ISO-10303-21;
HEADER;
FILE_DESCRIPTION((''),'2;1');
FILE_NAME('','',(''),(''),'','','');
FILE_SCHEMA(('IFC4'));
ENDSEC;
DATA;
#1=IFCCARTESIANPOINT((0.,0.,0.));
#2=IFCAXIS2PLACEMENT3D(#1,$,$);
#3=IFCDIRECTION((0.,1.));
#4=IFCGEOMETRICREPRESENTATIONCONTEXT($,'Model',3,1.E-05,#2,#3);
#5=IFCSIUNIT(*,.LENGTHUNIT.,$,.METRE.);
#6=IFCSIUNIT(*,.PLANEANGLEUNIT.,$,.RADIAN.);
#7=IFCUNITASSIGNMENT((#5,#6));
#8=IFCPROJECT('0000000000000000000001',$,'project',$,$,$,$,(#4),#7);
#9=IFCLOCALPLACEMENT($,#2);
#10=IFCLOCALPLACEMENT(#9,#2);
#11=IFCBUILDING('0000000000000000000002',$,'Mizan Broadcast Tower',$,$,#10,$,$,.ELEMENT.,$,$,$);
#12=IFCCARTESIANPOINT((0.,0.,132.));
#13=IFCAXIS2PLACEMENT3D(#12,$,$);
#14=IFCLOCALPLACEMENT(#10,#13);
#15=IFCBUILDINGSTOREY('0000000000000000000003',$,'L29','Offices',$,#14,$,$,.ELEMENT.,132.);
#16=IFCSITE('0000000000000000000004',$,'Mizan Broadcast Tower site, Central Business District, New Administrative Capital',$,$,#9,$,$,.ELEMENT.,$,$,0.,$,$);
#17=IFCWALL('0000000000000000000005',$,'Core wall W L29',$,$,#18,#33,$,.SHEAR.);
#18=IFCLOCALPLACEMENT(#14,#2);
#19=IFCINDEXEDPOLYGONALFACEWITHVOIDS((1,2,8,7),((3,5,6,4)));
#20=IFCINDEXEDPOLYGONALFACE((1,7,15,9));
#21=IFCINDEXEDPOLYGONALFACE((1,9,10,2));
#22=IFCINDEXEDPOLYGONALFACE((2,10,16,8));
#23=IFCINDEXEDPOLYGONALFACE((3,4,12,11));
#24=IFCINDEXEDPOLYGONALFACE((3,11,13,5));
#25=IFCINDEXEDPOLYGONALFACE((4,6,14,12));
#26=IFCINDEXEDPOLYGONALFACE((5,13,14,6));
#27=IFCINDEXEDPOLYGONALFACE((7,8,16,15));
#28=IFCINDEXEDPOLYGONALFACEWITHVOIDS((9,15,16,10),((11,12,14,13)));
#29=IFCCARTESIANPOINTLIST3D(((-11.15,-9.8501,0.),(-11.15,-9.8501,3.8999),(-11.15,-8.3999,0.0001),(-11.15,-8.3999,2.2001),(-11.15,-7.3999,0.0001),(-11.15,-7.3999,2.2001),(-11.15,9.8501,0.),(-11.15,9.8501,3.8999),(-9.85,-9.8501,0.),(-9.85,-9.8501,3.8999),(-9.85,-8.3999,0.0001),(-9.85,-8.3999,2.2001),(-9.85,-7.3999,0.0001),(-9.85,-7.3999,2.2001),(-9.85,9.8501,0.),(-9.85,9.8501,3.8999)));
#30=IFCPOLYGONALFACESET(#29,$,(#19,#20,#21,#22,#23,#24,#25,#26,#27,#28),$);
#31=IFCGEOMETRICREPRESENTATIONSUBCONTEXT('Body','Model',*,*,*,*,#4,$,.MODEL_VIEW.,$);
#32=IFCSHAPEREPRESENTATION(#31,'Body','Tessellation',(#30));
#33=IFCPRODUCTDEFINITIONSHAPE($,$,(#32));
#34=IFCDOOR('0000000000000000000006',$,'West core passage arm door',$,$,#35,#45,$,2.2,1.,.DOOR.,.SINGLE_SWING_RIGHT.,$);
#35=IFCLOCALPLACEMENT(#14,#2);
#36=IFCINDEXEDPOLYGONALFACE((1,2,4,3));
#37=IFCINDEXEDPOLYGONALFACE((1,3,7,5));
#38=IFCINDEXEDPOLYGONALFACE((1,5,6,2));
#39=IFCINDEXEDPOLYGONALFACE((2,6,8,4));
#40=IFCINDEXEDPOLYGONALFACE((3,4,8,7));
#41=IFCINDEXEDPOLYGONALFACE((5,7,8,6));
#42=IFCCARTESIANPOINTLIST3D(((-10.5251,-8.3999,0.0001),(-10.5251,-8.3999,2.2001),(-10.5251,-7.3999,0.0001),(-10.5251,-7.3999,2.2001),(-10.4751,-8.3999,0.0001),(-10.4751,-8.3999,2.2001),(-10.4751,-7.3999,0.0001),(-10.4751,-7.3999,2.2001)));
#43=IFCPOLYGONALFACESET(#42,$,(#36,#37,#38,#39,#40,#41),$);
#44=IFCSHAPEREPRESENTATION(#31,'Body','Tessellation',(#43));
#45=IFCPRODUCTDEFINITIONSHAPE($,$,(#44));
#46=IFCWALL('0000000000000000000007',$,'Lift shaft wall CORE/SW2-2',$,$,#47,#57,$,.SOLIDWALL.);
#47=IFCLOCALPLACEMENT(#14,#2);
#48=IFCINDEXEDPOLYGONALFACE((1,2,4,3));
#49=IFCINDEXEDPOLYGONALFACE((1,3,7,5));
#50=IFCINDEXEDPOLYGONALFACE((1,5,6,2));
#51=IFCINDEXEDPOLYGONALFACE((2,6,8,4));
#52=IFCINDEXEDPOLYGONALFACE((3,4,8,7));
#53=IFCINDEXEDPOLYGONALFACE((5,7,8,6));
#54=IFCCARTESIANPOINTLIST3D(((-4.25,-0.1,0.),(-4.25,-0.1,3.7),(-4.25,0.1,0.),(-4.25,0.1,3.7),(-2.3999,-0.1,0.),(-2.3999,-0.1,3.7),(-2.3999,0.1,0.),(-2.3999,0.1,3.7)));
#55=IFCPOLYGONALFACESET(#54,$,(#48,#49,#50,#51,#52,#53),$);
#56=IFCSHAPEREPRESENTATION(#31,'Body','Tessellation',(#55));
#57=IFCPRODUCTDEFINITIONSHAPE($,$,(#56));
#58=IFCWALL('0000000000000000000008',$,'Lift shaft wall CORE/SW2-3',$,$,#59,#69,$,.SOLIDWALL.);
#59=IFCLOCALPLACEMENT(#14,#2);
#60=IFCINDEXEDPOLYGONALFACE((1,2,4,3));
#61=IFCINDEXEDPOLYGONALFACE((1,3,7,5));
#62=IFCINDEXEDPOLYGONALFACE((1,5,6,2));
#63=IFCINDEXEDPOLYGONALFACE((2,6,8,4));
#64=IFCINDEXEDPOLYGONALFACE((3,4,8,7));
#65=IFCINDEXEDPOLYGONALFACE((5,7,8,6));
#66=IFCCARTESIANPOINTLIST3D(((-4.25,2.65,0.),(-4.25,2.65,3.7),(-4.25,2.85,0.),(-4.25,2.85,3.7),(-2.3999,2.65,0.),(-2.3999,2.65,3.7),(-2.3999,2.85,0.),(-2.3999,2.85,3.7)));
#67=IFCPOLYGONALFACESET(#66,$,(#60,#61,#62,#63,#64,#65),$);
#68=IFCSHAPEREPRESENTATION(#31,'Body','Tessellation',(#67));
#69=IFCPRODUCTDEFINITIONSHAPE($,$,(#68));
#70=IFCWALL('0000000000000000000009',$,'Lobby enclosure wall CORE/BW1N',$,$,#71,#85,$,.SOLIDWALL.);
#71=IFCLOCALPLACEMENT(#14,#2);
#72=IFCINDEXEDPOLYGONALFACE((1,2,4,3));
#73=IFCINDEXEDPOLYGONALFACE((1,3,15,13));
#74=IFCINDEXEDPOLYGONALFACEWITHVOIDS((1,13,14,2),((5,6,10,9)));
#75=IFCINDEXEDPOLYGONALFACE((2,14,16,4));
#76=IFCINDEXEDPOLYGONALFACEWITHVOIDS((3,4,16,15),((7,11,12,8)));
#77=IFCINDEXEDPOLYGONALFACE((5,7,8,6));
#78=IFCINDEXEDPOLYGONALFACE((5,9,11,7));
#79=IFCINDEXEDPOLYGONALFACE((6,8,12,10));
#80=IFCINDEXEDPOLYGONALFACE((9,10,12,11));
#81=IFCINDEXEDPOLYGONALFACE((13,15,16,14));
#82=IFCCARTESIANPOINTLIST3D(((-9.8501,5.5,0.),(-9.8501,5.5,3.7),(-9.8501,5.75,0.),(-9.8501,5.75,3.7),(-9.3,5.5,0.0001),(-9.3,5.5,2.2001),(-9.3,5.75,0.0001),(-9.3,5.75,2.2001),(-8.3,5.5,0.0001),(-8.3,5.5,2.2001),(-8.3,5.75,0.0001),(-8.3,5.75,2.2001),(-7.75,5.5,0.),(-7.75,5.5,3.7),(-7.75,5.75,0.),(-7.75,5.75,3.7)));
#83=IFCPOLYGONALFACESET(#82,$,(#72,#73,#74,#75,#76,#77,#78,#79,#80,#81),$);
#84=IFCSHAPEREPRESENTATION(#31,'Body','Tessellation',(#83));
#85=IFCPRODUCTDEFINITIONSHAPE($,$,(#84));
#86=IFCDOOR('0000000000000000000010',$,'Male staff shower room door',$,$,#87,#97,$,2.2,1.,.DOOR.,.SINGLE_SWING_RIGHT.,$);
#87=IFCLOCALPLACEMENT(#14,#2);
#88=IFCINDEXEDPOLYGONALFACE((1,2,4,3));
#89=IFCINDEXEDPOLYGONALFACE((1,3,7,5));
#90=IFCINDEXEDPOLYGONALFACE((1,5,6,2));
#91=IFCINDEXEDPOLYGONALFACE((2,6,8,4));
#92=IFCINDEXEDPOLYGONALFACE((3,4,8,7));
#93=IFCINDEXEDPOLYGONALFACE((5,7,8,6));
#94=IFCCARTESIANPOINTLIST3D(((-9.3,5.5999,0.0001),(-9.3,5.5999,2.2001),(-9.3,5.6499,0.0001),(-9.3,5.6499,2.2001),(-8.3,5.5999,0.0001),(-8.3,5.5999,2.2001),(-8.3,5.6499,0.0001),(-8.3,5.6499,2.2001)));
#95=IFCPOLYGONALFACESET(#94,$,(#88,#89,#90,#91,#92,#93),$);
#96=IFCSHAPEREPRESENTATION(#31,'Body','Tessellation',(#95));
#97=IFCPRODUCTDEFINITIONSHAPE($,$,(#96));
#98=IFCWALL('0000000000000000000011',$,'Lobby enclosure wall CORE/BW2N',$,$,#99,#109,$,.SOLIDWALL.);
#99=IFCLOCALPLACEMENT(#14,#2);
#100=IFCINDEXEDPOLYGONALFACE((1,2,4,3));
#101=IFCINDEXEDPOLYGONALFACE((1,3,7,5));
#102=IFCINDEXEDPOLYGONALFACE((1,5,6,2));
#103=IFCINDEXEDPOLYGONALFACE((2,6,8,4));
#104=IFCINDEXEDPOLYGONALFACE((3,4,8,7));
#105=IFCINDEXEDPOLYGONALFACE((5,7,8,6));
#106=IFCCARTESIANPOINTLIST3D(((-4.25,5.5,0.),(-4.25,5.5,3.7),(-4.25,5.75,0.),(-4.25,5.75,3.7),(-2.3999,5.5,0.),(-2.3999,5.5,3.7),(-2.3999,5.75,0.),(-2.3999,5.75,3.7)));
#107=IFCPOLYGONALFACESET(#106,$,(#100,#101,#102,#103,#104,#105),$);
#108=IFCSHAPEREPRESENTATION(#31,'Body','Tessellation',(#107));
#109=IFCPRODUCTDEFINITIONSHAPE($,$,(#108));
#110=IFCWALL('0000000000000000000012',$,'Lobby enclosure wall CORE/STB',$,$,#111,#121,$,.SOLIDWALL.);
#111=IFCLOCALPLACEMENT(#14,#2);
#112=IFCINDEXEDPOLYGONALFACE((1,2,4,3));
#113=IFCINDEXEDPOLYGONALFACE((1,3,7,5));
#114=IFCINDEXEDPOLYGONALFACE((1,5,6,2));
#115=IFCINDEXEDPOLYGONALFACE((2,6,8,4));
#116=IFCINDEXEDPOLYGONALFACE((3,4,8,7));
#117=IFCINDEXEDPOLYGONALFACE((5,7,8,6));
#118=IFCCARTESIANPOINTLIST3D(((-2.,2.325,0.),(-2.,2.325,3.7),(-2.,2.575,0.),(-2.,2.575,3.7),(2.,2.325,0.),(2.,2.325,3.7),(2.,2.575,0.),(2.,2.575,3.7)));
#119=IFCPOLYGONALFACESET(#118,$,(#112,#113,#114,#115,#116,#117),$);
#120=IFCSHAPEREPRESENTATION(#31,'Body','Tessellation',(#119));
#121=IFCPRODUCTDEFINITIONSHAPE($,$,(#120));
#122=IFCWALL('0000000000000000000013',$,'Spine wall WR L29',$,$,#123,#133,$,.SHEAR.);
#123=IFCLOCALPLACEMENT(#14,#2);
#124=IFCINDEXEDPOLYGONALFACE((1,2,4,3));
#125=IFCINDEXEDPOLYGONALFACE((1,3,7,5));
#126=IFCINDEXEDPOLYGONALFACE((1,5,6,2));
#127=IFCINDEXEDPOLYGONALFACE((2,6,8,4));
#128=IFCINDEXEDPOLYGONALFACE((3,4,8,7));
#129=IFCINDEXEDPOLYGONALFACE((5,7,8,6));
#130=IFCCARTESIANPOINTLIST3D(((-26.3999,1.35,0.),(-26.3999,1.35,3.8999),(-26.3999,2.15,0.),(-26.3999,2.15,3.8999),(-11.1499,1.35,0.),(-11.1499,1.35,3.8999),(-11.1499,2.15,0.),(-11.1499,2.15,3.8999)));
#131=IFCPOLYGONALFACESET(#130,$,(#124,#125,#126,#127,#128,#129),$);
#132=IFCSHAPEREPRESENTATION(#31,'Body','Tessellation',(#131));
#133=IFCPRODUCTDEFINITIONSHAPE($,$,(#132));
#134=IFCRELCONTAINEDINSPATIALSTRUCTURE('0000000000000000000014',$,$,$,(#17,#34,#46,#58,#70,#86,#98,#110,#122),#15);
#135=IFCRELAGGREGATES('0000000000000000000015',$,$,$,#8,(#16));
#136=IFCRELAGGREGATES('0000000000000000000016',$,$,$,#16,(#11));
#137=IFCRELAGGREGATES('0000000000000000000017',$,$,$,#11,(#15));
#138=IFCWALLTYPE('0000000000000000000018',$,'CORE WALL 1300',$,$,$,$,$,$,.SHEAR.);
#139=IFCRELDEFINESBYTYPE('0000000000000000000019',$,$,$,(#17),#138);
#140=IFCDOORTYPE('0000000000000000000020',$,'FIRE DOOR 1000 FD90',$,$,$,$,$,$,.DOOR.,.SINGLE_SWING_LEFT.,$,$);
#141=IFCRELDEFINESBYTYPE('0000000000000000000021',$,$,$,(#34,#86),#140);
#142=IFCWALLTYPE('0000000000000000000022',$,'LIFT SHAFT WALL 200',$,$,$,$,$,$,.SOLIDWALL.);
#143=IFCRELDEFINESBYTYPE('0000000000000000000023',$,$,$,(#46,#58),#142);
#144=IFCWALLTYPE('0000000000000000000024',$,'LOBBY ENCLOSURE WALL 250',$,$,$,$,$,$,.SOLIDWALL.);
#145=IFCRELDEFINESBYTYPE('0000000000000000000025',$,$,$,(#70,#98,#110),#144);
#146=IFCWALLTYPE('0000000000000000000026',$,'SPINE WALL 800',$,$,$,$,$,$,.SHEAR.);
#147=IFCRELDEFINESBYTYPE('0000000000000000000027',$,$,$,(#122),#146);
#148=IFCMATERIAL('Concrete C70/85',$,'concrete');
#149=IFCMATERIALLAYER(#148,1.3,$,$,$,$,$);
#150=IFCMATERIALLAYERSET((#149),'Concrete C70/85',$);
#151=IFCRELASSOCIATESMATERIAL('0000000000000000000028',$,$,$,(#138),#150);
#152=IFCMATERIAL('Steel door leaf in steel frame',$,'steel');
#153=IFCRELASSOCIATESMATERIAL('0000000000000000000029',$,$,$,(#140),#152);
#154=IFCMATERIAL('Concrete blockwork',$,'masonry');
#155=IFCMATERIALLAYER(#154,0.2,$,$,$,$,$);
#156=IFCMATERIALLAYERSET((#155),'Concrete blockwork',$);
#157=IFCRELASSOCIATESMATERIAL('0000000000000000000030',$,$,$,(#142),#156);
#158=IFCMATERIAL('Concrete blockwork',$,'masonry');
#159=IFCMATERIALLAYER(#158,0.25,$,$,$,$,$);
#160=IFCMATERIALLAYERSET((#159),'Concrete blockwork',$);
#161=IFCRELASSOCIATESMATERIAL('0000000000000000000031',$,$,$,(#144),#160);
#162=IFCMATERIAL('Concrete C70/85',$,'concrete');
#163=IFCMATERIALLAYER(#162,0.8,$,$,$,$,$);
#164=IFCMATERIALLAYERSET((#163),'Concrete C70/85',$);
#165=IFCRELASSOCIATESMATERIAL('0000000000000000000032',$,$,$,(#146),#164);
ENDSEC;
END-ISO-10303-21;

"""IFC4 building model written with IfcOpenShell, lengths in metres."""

from ifc_helpers import new_model, si_unit, direction, frame, frame_2d, origin, place, context, subcontext, project, spatial, rectangle, extrude, material, layer, layer_set, type_object, element, fill, save


model = new_model("IFC4")

# Units and contexts
model_context = context("Model", 3, precision=1e-05, world=origin(), true_north=direction((0.0, 1.0)))
body_context = subcontext(model_context, "Body", "Model", "MODEL_VIEW")
ifc_project = project(units=[si_unit("LENGTHUNIT", "METRE"), si_unit("PLANEANGLEUNIT", "RADIAN")], contexts=[model_context])

# Site, building, storey
site_placement = place(None, origin())
site = spatial("IfcSite", under=ifc_project, at=site_placement, Name="Mizan Broadcast Tower site, Central Business District, New Administrative Capital", CompositionType="ELEMENT", RefElevation=0.0)
building_placement = place(site_placement, origin())
building = spatial("IfcBuilding", under=site, at=building_placement, Name="Mizan Broadcast Tower", CompositionType="ELEMENT")
storey_placement = place(building_placement, frame((0.0, 0.0, 132.0)))
storey = spatial("IfcBuildingStorey", under=building, at=storey_placement, Name="L29", Description="Offices", CompositionType="ELEMENT", Elevation=132.0)

# Shared definitions
ifc_material_1 = material(Name="Concrete C70/85", Category="concrete")
ifc_layer_1 = layer(ifc_material_1, 1.3)
ifc_layer_set_1 = layer_set([ifc_layer_1], Name="Concrete C70/85")
wall_type_1 = type_object("IfcWallType", Name="CORE WALL 1300", PredefinedType="SHEAR", material=ifc_layer_set_1)

# Wall, opening, door
wall_1_placement = place(storey_placement, frame((-10.5, 9.8501, 0.0), z_axis=(0.0, 0.0, 1.0), x_axis=(0.0, -1.0, 0.0)))
wall_1 = element("IfcWall", 1, at=wall_1_placement, inside=storey, type_object=wall_type_1, Name="Core wall W L29", PredefinedType="SHEAR", context=body_context, shape_type="SweptSolid", body=[
    extrude(rectangle(XDim=19.7002, YDim=1.3, at=frame_2d((9.8501, 0.0))), origin(), (0.0, 0.0, 1.0), 3.8999),
])
opening_1_placement = place(wall_1_placement, frame((17.25, 0.0, 0.0)))
opening_1 = element("IfcOpeningElement", 2, at=opening_1_placement, cuts=wall_1, PredefinedType="OPENING", context=body_context, shape_type="SweptSolid", body=[
    extrude(rectangle(XDim=1.0, YDim=2.2, at=frame_2d((0.5, 1.1001))), frame((0.0, 0.6599, 0.0), z_axis=(0.0, -1.0, 0.0), x_axis=(1.0, 0.0, 0.0)), (0.0, 0.0, 1.0), 1.3201),
])
ifc_material_2 = material(Name="Steel door leaf in steel frame", Category="steel")
door_type_1 = type_object("IfcDoorType", Name="FIRE DOOR 1000 FD90", OperationType="SINGLE_SWING_LEFT", PredefinedType="DOOR", material=ifc_material_2)
door_1_placement = place(opening_1_placement, origin())
door_1 = element("IfcDoor", 3, at=door_1_placement, inside=storey, type_object=door_type_1, Name="West core passage arm door", OperationType="SINGLE_SWING_RIGHT", OverallHeight=2.2, OverallWidth=1.0, PredefinedType="DOOR", context=body_context, shape_type="SweptSolid", body=[
    extrude(rectangle(XDim=1.0, YDim=2.2, at=frame_2d((0.5, 1.1001))), frame((0.0, 0.0249, 0.0), z_axis=(0.0, -1.0, 0.0), x_axis=(1.0, 0.0, 0.0)), (0.0, 0.0, 1.0), 0.05),
])
fill(opening_1, door_1)

# Walls
ifc_material_3 = material(Name="Concrete blockwork", Category="masonry")
ifc_layer_2 = layer(ifc_material_3, 0.2)
ifc_layer_set_2 = layer_set([ifc_layer_2], Name="Concrete blockwork")
wall_type_2 = type_object("IfcWallType", Name="LIFT SHAFT WALL 200", PredefinedType="SOLIDWALL", material=ifc_layer_set_2)
for number, where, z_axis, x_axis, name in (
    (4, (-4.25, 0.0, 0.0), (0.0, 0.0, 1.0), (1.0, 0.0, 0.0), "Lift shaft wall CORE/SW2-2"),
    (5, (-4.25, 2.75, 0.0), (0.0, 0.0, 1.0), (1.0, 0.0, 0.0), "Lift shaft wall CORE/SW2-3"),
):
    element("IfcWall", number, at=place(storey_placement, frame(where, z_axis=z_axis, x_axis=x_axis)), inside=storey, type_object=wall_type_2, Name=name, PredefinedType="SOLIDWALL", context=body_context, shape_type="SweptSolid", body=[
        extrude(rectangle(XDim=1.8501, YDim=0.2, at=frame_2d((0.925, 0.0))), origin(), (0.0, 0.0, 1.0), 3.7),
    ])

# Wall, opening, door
ifc_material_4 = material(Name="Concrete blockwork", Category="masonry")
ifc_layer_3 = layer(ifc_material_4, 0.25)
ifc_layer_set_3 = layer_set([ifc_layer_3], Name="Concrete blockwork")
wall_type_3 = type_object("IfcWallType", Name="LOBBY ENCLOSURE WALL 250", PredefinedType="SOLIDWALL", material=ifc_layer_set_3)
wall_2_placement = place(storey_placement, frame((-9.8501, 5.625, 0.0), z_axis=(0.0, 0.0, 1.0), x_axis=(1.0, 0.0, 0.0)))
wall_2 = element("IfcWall", 6, at=wall_2_placement, inside=storey, type_object=wall_type_3, Name="Lobby enclosure wall CORE/BW1N", PredefinedType="SOLIDWALL", context=body_context, shape_type="SweptSolid", body=[
    extrude(rectangle(XDim=2.1001, YDim=0.25, at=frame_2d((1.05, 0.0))), origin(), (0.0, 0.0, 1.0), 3.7),
])
opening_2_placement = place(wall_2_placement, frame((0.55, 0.0, 0.0)))
opening_2 = element("IfcOpeningElement", 7, at=opening_2_placement, cuts=wall_2, PredefinedType="OPENING", context=body_context, shape_type="SweptSolid", body=[
    extrude(rectangle(XDim=1.0, YDim=2.2, at=frame_2d((0.5, 1.1001))), frame((0.0, 0.135, 0.0), z_axis=(0.0, -1.0, 0.0), x_axis=(1.0, 0.0, 0.0)), (0.0, 0.0, 1.0), 0.27),
])
door_2_placement = place(opening_2_placement, origin())
door_2 = element("IfcDoor", 8, at=door_2_placement, inside=storey, type_object=door_type_1, Name="Male staff shower room door", OperationType="SINGLE_SWING_RIGHT", OverallHeight=2.2, OverallWidth=1.0, PredefinedType="DOOR", context=body_context, shape_type="SweptSolid", body=[
    extrude(rectangle(XDim=1.0, YDim=2.2, at=frame_2d((0.5, 1.1001))), frame((0.0, 0.0249, 0.0), z_axis=(0.0, -1.0, 0.0), x_axis=(1.0, 0.0, 0.0)), (0.0, 0.0, 1.0), 0.05),
])
fill(opening_2, door_2)

# Walls
wall_3_placement = place(storey_placement, frame((-4.25, 5.625, 0.0), z_axis=(0.0, 0.0, 1.0), x_axis=(1.0, 0.0, 0.0)))
element("IfcWall", 9, at=wall_3_placement, inside=storey, type_object=wall_type_3, Name="Lobby enclosure wall CORE/BW2N", PredefinedType="SOLIDWALL", context=body_context, shape_type="SweptSolid", body=[
    extrude(rectangle(XDim=1.8501, YDim=0.25, at=frame_2d((0.925, 0.0))), origin(), (0.0, 0.0, 1.0), 3.7),
])
wall_4_placement = place(storey_placement, frame((-2.0, 2.45, 0.0), z_axis=(0.0, 0.0, 1.0), x_axis=(1.0, 0.0, 0.0)))
element("IfcWall", 10, at=wall_4_placement, inside=storey, type_object=wall_type_3, Name="Lobby enclosure wall CORE/STB", PredefinedType="SOLIDWALL", context=body_context, shape_type="SweptSolid", body=[
    extrude(rectangle(XDim=4.0, YDim=0.25, at=frame_2d((2.0, 0.0))), origin(), (0.0, 0.0, 1.0), 3.7),
])
ifc_material_5 = material(Name="Concrete C70/85", Category="concrete")
ifc_layer_4 = layer(ifc_material_5, 0.8)
ifc_layer_set_4 = layer_set([ifc_layer_4], Name="Concrete C70/85")
wall_type_4 = type_object("IfcWallType", Name="SPINE WALL 800", PredefinedType="SHEAR", material=ifc_layer_set_4)
wall_5_placement = place(storey_placement, frame((-11.1499, 1.75, 0.0), z_axis=(0.0, 0.0, 1.0), x_axis=(-1.0, 0.0, 0.0)))
element("IfcWall", 11, at=wall_5_placement, inside=storey, type_object=wall_type_4, Name="Spine wall WR L29", PredefinedType="SHEAR", context=body_context, shape_type="SweptSolid", body=[
    extrude(rectangle(XDim=15.25, YDim=0.8, at=frame_2d((7.625, 0.0))), origin(), (0.0, 0.0, 1.0), 3.8999),
])

save(model, "model.ifc")
